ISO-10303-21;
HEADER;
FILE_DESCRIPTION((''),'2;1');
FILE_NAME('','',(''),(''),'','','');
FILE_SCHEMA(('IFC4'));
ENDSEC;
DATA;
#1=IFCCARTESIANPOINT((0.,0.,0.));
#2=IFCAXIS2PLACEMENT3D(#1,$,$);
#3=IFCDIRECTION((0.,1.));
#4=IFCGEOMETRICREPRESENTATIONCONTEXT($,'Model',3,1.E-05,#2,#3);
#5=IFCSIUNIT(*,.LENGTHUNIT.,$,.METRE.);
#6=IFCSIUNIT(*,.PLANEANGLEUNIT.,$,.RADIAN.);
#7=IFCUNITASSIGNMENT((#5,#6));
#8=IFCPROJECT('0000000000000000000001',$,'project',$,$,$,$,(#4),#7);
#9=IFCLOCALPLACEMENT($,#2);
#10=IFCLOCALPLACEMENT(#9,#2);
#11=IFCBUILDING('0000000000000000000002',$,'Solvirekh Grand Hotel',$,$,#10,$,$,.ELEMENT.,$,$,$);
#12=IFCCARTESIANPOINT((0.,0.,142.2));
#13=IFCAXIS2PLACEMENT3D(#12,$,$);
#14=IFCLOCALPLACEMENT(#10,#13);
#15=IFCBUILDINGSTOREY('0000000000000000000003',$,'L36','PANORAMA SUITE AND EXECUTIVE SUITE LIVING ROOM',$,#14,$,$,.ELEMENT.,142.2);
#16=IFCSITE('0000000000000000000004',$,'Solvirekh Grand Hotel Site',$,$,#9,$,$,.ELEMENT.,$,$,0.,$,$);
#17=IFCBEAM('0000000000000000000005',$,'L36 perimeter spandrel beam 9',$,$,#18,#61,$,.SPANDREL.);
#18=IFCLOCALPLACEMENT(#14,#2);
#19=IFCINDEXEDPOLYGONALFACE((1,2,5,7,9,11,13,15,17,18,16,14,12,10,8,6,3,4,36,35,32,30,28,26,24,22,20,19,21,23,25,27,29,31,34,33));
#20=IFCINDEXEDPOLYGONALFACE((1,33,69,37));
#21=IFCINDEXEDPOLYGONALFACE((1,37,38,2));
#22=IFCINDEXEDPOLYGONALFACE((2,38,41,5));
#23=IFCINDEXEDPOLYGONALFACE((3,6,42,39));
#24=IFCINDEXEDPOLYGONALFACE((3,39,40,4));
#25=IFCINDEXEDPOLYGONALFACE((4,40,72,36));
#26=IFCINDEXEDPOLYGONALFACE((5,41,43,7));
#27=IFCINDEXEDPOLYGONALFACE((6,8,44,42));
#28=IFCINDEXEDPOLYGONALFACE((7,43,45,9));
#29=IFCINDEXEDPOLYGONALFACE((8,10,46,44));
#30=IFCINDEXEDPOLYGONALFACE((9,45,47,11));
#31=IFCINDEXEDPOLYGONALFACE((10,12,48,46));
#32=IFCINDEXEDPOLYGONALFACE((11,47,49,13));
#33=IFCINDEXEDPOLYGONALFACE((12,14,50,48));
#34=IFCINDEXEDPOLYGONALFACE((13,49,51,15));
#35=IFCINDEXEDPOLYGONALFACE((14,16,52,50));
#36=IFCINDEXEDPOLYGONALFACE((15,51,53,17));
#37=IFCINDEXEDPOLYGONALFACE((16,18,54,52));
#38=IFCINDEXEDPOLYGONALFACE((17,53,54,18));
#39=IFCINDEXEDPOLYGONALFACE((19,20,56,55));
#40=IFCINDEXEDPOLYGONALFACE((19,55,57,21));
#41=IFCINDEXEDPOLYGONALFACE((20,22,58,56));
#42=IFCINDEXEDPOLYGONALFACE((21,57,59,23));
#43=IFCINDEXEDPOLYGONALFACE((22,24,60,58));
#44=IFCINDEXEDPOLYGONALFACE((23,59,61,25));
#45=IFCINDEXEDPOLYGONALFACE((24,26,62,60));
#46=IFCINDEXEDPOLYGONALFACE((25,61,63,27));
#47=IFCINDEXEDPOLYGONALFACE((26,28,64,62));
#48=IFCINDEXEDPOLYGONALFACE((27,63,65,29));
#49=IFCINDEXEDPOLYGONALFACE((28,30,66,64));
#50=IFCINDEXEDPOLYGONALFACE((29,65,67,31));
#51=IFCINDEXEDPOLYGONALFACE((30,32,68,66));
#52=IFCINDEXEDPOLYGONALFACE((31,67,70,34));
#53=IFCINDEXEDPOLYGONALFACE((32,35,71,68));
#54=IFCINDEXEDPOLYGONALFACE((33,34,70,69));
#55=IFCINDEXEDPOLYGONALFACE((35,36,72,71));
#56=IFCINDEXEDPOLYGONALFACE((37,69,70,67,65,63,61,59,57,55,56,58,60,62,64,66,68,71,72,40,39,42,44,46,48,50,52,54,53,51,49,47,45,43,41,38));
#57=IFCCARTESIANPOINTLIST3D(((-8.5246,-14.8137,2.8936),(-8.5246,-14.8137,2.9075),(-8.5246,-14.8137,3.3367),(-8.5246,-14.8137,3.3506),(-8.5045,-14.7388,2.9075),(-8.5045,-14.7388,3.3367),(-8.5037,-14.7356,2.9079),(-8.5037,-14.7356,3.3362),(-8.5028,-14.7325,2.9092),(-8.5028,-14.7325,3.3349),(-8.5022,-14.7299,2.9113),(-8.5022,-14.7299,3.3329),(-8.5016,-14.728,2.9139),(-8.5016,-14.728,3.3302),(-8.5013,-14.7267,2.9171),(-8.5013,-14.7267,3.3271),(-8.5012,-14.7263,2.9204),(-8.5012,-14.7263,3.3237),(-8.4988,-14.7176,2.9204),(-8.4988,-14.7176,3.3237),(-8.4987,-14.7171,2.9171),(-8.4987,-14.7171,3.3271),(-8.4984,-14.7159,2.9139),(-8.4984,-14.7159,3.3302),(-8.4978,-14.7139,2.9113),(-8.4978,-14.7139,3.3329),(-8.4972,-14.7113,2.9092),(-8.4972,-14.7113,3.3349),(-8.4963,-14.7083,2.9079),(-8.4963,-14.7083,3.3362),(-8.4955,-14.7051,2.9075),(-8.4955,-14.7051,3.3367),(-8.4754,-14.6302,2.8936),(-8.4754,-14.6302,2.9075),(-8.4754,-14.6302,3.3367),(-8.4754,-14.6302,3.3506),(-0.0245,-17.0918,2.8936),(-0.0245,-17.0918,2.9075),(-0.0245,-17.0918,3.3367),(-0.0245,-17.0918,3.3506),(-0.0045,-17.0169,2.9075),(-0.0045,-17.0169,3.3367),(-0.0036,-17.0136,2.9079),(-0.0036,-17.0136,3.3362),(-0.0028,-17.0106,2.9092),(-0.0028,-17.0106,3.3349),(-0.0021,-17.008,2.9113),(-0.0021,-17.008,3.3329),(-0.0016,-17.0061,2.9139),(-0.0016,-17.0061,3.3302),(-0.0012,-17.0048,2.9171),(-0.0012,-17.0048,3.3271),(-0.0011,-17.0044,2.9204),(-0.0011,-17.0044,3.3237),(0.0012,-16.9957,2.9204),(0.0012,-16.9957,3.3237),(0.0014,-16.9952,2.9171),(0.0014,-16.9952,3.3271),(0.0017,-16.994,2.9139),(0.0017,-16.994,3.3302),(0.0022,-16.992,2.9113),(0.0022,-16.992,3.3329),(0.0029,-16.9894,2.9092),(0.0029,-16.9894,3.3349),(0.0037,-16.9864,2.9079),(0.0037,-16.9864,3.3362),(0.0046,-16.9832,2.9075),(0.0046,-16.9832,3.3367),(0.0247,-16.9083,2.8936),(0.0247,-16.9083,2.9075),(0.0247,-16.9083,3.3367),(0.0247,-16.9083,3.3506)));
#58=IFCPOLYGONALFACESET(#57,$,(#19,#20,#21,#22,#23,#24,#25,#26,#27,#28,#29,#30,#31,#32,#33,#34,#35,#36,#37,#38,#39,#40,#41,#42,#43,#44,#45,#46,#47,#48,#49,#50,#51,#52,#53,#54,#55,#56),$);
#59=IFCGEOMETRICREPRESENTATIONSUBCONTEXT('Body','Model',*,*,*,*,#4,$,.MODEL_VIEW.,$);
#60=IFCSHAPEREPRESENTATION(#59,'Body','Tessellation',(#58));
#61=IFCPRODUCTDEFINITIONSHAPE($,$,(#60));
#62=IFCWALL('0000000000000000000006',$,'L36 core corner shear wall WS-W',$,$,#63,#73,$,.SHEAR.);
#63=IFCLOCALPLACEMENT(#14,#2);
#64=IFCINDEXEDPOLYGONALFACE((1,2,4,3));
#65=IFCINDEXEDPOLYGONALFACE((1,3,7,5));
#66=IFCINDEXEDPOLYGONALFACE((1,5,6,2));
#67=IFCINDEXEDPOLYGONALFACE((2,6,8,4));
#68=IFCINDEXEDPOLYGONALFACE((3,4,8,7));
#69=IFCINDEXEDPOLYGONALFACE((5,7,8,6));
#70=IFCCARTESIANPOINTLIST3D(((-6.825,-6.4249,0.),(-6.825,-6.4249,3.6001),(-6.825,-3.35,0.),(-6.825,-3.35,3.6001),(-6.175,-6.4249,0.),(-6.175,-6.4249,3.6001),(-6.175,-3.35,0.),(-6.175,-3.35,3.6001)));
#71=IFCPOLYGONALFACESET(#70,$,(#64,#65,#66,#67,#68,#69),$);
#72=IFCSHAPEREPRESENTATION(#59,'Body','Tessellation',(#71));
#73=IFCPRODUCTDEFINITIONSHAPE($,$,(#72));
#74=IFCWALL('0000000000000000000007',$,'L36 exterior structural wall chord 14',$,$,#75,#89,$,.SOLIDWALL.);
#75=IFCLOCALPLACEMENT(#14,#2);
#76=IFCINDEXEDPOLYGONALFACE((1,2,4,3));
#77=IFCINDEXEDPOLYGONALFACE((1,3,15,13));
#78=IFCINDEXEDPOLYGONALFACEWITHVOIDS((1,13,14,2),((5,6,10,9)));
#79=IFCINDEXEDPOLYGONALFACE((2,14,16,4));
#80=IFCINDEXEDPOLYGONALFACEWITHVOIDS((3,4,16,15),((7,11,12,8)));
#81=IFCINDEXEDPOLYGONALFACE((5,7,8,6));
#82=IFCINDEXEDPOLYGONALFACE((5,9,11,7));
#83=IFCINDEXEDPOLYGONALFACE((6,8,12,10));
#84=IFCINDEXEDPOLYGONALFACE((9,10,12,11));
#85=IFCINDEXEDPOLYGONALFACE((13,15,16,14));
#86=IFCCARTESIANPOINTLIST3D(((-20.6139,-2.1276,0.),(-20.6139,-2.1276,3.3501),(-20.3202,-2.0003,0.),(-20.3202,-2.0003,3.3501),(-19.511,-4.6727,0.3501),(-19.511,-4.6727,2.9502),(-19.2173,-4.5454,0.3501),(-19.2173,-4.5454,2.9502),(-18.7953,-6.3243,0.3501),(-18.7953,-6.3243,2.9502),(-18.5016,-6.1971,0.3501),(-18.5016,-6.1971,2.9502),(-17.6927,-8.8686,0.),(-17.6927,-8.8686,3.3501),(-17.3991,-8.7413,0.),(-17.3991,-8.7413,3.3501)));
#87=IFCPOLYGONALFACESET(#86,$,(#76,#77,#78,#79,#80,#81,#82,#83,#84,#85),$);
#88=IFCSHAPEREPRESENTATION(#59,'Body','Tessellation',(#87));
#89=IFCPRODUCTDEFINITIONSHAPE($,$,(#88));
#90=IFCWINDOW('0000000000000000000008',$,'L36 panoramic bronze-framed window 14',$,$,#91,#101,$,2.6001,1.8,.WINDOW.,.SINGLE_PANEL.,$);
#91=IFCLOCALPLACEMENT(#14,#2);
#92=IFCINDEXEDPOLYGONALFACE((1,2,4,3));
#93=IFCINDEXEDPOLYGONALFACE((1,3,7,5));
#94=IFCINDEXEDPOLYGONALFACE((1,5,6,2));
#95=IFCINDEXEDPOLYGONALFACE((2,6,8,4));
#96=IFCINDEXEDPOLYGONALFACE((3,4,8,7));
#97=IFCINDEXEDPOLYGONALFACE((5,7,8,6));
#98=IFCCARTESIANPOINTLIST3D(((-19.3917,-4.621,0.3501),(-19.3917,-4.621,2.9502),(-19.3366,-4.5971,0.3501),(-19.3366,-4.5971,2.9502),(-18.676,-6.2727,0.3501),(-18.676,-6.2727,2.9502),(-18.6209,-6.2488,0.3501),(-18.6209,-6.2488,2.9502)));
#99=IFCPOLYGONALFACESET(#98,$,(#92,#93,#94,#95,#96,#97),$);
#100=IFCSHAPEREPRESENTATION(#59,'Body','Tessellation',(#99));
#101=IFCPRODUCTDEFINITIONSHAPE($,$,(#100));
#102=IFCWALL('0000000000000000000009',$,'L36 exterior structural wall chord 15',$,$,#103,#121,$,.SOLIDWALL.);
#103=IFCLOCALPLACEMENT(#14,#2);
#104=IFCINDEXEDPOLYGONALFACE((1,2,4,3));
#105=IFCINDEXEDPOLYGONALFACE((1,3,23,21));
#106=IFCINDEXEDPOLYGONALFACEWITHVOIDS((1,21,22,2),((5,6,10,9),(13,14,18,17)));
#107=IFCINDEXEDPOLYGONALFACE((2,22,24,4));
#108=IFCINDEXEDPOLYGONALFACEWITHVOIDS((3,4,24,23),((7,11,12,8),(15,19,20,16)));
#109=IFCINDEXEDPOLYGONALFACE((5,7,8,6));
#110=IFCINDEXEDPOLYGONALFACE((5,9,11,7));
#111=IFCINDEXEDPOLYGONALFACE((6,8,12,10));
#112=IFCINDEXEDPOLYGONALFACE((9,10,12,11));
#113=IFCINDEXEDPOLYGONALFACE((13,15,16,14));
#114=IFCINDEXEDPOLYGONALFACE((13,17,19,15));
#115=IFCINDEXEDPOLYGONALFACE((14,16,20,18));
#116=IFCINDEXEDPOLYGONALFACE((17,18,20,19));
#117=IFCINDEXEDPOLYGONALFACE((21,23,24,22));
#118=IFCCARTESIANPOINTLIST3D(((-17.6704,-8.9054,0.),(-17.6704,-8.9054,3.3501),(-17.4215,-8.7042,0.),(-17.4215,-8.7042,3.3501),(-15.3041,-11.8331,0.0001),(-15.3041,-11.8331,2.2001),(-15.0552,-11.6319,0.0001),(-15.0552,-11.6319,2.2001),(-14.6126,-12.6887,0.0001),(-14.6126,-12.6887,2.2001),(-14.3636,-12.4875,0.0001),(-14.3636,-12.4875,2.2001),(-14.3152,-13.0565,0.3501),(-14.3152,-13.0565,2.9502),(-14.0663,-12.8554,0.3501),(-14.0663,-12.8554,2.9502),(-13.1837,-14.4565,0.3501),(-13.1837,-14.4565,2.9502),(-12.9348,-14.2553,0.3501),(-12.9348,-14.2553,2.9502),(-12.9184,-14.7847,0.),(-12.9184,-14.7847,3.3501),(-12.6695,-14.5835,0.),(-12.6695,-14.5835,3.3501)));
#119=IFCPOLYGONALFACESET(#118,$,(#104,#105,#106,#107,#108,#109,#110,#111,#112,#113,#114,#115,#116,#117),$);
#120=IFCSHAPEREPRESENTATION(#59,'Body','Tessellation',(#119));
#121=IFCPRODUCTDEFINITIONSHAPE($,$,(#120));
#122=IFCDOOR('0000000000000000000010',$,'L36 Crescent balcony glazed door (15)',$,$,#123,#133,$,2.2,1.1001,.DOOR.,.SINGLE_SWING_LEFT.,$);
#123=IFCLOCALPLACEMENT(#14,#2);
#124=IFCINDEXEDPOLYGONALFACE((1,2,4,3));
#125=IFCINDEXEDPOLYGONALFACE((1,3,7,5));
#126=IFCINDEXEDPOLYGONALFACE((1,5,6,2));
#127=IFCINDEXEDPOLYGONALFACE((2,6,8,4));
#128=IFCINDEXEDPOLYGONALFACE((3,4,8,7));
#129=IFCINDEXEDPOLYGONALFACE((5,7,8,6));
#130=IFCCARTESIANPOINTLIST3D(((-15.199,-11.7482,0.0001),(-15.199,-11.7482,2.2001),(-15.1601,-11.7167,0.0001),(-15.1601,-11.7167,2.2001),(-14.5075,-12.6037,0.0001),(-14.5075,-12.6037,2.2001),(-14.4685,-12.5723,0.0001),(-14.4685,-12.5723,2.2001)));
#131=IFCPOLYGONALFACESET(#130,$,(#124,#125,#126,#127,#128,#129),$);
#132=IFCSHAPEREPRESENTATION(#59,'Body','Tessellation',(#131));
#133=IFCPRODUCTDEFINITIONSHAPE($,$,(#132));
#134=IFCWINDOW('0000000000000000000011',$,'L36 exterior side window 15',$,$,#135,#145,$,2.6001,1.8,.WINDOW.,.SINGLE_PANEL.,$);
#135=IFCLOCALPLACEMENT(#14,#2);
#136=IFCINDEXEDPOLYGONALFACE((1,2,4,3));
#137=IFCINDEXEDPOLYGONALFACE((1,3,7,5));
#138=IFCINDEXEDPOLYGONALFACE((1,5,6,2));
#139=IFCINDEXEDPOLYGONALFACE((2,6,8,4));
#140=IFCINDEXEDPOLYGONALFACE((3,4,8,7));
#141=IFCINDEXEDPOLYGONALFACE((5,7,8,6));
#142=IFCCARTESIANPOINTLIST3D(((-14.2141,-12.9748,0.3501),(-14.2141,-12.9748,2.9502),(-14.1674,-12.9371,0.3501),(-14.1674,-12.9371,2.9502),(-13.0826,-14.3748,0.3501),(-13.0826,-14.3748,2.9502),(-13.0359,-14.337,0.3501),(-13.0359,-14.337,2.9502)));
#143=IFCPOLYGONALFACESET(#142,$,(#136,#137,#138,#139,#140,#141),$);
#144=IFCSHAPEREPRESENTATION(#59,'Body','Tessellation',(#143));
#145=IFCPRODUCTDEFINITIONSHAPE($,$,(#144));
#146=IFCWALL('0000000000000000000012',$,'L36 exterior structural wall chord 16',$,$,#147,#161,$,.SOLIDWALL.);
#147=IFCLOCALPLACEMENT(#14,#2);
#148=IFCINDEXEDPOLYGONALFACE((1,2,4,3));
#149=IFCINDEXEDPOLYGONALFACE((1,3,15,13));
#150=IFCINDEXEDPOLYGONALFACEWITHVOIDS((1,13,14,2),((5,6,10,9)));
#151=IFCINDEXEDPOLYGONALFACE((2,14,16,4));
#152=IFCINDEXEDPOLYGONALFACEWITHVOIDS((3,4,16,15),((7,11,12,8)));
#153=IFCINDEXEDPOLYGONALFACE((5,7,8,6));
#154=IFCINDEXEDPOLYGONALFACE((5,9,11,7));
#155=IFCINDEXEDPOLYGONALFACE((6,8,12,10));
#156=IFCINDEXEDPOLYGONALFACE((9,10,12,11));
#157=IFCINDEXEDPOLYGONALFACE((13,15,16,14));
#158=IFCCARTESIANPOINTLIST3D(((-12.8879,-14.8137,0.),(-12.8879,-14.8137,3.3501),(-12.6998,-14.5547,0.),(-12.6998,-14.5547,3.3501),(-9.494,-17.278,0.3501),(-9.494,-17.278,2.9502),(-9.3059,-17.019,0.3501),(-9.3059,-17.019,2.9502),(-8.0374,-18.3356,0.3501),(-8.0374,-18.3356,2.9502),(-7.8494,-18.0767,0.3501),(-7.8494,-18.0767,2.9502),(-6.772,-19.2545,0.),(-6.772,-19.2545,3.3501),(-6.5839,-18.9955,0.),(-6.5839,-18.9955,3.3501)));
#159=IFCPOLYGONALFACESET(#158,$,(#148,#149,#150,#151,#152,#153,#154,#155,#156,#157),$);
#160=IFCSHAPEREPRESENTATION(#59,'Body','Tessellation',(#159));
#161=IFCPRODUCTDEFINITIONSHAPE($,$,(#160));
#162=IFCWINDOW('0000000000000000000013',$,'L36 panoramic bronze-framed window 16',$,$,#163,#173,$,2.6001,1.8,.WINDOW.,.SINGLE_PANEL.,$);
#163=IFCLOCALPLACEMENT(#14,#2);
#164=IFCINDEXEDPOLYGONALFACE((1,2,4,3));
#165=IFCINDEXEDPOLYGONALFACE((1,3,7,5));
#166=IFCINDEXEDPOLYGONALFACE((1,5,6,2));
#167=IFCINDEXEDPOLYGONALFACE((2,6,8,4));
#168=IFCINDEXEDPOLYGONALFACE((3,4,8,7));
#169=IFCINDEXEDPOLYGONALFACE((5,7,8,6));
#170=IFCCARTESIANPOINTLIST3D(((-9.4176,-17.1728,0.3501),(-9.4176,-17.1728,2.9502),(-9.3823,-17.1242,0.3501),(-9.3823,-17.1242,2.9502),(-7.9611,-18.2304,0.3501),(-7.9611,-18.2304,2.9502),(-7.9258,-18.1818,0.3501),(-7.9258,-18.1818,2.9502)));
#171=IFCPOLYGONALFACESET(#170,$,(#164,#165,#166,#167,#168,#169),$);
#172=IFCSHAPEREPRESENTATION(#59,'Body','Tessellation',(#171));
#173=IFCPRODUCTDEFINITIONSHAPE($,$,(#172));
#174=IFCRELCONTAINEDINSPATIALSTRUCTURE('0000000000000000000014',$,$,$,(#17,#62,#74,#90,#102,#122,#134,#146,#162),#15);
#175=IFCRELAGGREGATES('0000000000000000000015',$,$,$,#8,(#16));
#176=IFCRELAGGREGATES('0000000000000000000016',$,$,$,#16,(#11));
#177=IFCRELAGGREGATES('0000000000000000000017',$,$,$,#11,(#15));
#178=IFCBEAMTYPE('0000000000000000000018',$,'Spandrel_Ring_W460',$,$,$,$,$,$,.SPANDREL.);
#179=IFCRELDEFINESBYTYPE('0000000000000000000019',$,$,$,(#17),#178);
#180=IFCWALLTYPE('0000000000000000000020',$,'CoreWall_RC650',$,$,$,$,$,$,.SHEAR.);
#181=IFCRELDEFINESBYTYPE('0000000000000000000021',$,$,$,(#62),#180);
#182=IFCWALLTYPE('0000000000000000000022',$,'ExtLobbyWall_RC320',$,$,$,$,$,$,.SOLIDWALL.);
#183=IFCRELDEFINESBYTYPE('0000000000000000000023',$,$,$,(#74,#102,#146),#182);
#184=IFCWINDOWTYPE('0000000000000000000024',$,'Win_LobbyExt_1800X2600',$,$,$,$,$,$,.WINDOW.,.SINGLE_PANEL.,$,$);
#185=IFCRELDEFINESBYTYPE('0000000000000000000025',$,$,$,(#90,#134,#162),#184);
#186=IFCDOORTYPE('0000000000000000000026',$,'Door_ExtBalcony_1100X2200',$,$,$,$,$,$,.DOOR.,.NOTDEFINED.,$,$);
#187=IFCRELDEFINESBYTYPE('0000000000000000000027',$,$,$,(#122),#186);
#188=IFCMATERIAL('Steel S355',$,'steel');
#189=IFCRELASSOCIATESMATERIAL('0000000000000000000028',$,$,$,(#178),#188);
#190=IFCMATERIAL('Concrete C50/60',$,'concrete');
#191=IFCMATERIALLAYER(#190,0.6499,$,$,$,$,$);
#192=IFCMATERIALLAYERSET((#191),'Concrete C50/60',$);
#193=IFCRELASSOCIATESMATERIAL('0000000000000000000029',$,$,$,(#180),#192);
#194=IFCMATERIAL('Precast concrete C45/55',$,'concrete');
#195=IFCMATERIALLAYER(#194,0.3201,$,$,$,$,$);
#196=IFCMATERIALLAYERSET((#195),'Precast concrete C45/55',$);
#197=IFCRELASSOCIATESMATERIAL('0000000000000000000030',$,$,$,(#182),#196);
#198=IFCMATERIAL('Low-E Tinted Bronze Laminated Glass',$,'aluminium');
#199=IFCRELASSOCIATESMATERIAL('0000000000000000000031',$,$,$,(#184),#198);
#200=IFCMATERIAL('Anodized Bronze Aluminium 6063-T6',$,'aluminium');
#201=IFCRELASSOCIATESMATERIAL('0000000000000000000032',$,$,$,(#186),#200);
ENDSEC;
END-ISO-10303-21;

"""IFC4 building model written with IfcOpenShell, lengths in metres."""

from ifc_helpers import new_model, si_unit, direction, frame, frame_2d, origin, origin_2d, place, context, subcontext, project, spatial, rectangle, i_section, extrude, material, layer, layer_set, material_profile, profile_set, type_object, element, fill, save


model = new_model("IFC4")

# Units and contexts
model_context = context("Model", 3, precision=1e-05, world=origin(), true_north=direction((0.0, 1.0)))
body_context = subcontext(model_context, "Body", "Model", "MODEL_VIEW")
ifc_project = project(units=[si_unit("LENGTHUNIT", "METRE"), si_unit("PLANEANGLEUNIT", "RADIAN")], contexts=[model_context])

# Site, building, storey
site_placement = place(None, origin())
site = spatial("IfcSite", under=ifc_project, at=site_placement, Name="Solvirekh Grand Hotel Site", CompositionType="ELEMENT", RefElevation=0.0)
building_placement = place(site_placement, origin())
building = spatial("IfcBuilding", under=site, at=building_placement, Name="Solvirekh Grand Hotel", CompositionType="ELEMENT")
storey_placement = place(building_placement, frame((0.0, 0.0, 142.2)))
storey = spatial("IfcBuildingStorey", under=building, at=storey_placement, Name="L36", Description="PANORAMA SUITE AND EXECUTIVE SUITE LIVING ROOM", CompositionType="ELEMENT", Elevation=142.2)

# Shared definitions
ifc_material_1 = material(Name="Concrete C50/60", Category="concrete")

# Beam
ifc_material_2 = material(Name="Steel S355", Category="steel")
ifc_material_profile_1 = material_profile(ifc_material_2, i_section(OverallWidth=0.1899, OverallDepth=0.457, WebThickness=0.009, FlangeThickness=0.0139, FilletRadius=0.0129, at=origin_2d()), Name="W460X74")
ifc_profile_set_1 = profile_set([ifc_material_profile_1], Name="Steel S355")
beam_type_1 = type_object("IfcBeamType", Name="Spandrel_Ring_W460", PredefinedType="SPANDREL", material=ifc_profile_set_1)
beam_1_placement = place(storey_placement, frame((-8.5, -14.7219, 3.1221), z_axis=(0.965911, -0.258873, 0.0), x_axis=(0.258873, 0.965911, 0.0)))
element("IfcBeam", 1, at=beam_1_placement, inside=storey, type_object=beam_type_1, Name="L36 perimeter spandrel beam 9", PredefinedType="SPANDREL", context=body_context, shape_type="SweptSolid", body=[
    extrude(i_section(OverallWidth=0.1899, OverallDepth=0.457, WebThickness=0.009, FlangeThickness=0.0139, FilletRadius=0.0129, at=origin_2d()), origin(), (0.0, 0.0, 1.0), 8.8),
])

# Wall
ifc_layer_1 = layer(ifc_material_1, 0.6499)
ifc_layer_set_1 = layer_set([ifc_layer_1], Name="Concrete C50/60")
wall_type_1 = type_object("IfcWallType", Name="CoreWall_RC650", PredefinedType="SHEAR", material=ifc_layer_set_1)
wall_1_placement = place(storey_placement, frame((-6.5, -6.425, 0.0), z_axis=(0.0, 0.0, 1.0), x_axis=(0.0, 1.0, 0.0)))
element("IfcWall", 2, at=wall_1_placement, inside=storey, type_object=wall_type_1, Name="L36 core corner shear wall WS-W", PredefinedType="SHEAR", context=body_context, shape_type="SweptSolid", body=[
    extrude(rectangle(XDim=3.075, YDim=0.6499, at=frame_2d((1.5376, 0.0))), origin(), (0.0, 0.0, 1.0), 3.6001),
])

# Wall, opening, window
ifc_material_3 = material(Name="Precast concrete C45/55", Category="concrete")
ifc_layer_2 = layer(ifc_material_3, 0.3201)
ifc_layer_set_2 = layer_set([ifc_layer_2], Name="Precast concrete C45/55")
wall_type_2 = type_object("IfcWallType", Name="ExtLobbyWall_RC320", PredefinedType="SOLIDWALL", material=ifc_layer_set_2)
wall_2_placement = place(storey_placement, frame((-17.5459, -8.8049, 0.0), z_axis=(0.0, 0.0, 1.0), x_axis=(-0.397614, 0.917553, 0.0)))
wall_2 = element("IfcWall", 3, at=wall_2_placement, inside=storey, type_object=wall_type_2, Name="L36 exterior structural wall chord 14", PredefinedType="SOLIDWALL", context=body_context, shape_type="SweptSolid", body=[
    extrude(rectangle(XDim=7.3467, YDim=0.3201, at=frame_2d((3.6733, 0.0))), origin(), (0.0, 0.0, 1.0), 3.3501),
])
opening_1_placement = place(wall_2_placement, frame((2.7729, 0.0, 0.3501)))
opening_1 = element("IfcOpeningElement", 4, at=opening_1_placement, cuts=wall_2, PredefinedType="OPENING", context=body_context, shape_type="SweptSolid", body=[
    extrude(rectangle(XDim=1.8, YDim=2.6001, at=frame_2d((0.8999, 1.3))), frame((0.0, 0.1699, 0.0), z_axis=(0.0, -1.0, 0.0), x_axis=(1.0, 0.0, 0.0)), (0.0, 0.0, 1.0), 0.3401),
])
ifc_material_4 = material(Name="Low-E Tinted Bronze Laminated Glass", Category="aluminium")
window_type = type_object("IfcWindowType", Name="Win_LobbyExt_1800X2600", PartitioningType="SINGLE_PANEL", PredefinedType="WINDOW", material=ifc_material_4)
window_1_placement = place(opening_1_placement, origin())
window_1 = element("IfcWindow", 5, at=window_1_placement, inside=storey, type_object=window_type, Name="L36 panoramic bronze-framed window 14", OverallHeight=2.6001, OverallWidth=1.8, PartitioningType="SINGLE_PANEL", PredefinedType="WINDOW", context=body_context, shape_type="SweptSolid", body=[
    extrude(rectangle(XDim=1.8, YDim=2.6001, at=frame_2d((0.8999, 1.3))), frame((0.0, 0.03, 0.0), z_axis=(0.0, -1.0, 0.0), x_axis=(1.0, 0.0, 0.0)), (0.0, 0.0, 1.0), 0.0601),
])
fill(opening_1, window_1)

# Wall, openings, door, window
wall_3_placement = place(storey_placement, frame((-12.7939, -14.6841, 0.0), z_axis=(0.0, 0.0, 1.0), x_axis=(-0.62861, 0.777721, 0.0)))
wall_3 = element("IfcWall", 6, at=wall_3_placement, inside=storey, type_object=wall_type_2, Name="L36 exterior structural wall chord 15", PredefinedType="SOLIDWALL", context=body_context, shape_type="SweptSolid", body=[
    extrude(rectangle(XDim=7.5596, YDim=0.3201, at=frame_2d((3.7798, 0.0))), origin(), (0.0, 0.0, 1.0), 3.3501),
])
opening_2_placement = place(wall_3_placement, frame((0.4221, 0.0, 0.3501)))
opening_2 = element("IfcOpeningElement", 7, at=opening_2_placement, cuts=wall_3, PredefinedType="OPENING", context=body_context, shape_type="SweptSolid", body=[
    extrude(rectangle(XDim=1.8, YDim=2.6001, at=frame_2d((0.8999, 1.3))), frame((0.0, 0.1699, 0.0), z_axis=(0.0, -1.0, 0.0), x_axis=(1.0, 0.0, 0.0)), (0.0, 0.0, 1.0), 0.3401),
])
opening_3_placement = place(wall_3_placement, frame((2.6951, 0.0, 0.0)))
opening_3 = element("IfcOpeningElement", 8, at=opening_3_placement, cuts=wall_3, PredefinedType="OPENING", context=body_context, shape_type="SweptSolid", body=[
    extrude(rectangle(XDim=1.1001, YDim=2.2, at=frame_2d((0.55, 1.1001))), frame((0.0, 0.1699, 0.0), z_axis=(0.0, -1.0, 0.0), x_axis=(1.0, 0.0, 0.0)), (0.0, 0.0, 1.0), 0.3401),
])
ifc_material_5 = material(Name="Anodized Bronze Aluminium 6063-T6", Category="aluminium")
door_type_1 = type_object("IfcDoorType", Name="Door_ExtBalcony_1100X2200", OperationType="NOTDEFINED", PredefinedType="DOOR", material=ifc_material_5)
door_1_placement = place(opening_3_placement, origin())
door_1 = element("IfcDoor", 9, at=door_1_placement, inside=storey, type_object=door_type_1, Name="L36 Crescent balcony glazed door (15)", OperationType="SINGLE_SWING_LEFT", OverallHeight=2.2, OverallWidth=1.1001, PredefinedType="DOOR", context=body_context, shape_type="SweptSolid", body=[
    extrude(rectangle(XDim=1.1001, YDim=2.2, at=frame_2d((0.55, 1.1001))), frame((0.0, 0.0249, 0.0), z_axis=(0.0, -1.0, 0.0), x_axis=(1.0, 0.0, 0.0)), (0.0, 0.0, 1.0), 0.05),
])
fill(opening_3, door_1)
window_2_placement = place(opening_2_placement, origin())
window_2 = element("IfcWindow", 10, at=window_2_placement, inside=storey, type_object=window_type, Name="L36 exterior side window 15", OverallHeight=2.6001, OverallWidth=1.8, PartitioningType="SINGLE_PANEL", PredefinedType="WINDOW", context=body_context, shape_type="SweptSolid", body=[
    extrude(rectangle(XDim=1.8, YDim=2.6001, at=frame_2d((0.8999, 1.3))), frame((0.0, 0.03, 0.0), z_axis=(0.0, -1.0, 0.0), x_axis=(1.0, 0.0, 0.0)), (0.0, 0.0, 1.0), 0.0601),
])
fill(opening_2, window_2)

# Wall, opening, window
wall_4_placement = place(storey_placement, frame((-6.678, -19.125, 0.0), z_axis=(0.0, 0.0, 1.0), x_axis=(-0.80918, 0.587561, 0.0)))
wall_4 = element("IfcWall", 11, at=wall_4_placement, inside=storey, type_object=wall_type_2, Name="L36 exterior structural wall chord 16", PredefinedType="SOLIDWALL", context=body_context, shape_type="SweptSolid", body=[
    extrude(rectangle(XDim=7.5581, YDim=0.3201, at=frame_2d((3.7791, 0.0))), origin(), (0.0, 0.0, 1.0), 3.3501),
])
opening_4_placement = place(wall_4_placement, frame((1.564, 0.0, 0.3501)))
opening_4 = element("IfcOpeningElement", 12, at=opening_4_placement, cuts=wall_4, PredefinedType="OPENING", context=body_context, shape_type="SweptSolid", body=[
    extrude(rectangle(XDim=1.8, YDim=2.6001, at=frame_2d((0.8999, 1.3))), frame((0.0, 0.1699, 0.0), z_axis=(0.0, -1.0, 0.0), x_axis=(1.0, 0.0, 0.0)), (0.0, 0.0, 1.0), 0.3401),
])
window_3_placement = place(opening_4_placement, origin())
window_3 = element("IfcWindow", 13, at=window_3_placement, inside=storey, type_object=window_type, Name="L36 panoramic bronze-framed window 16", OverallHeight=2.6001, OverallWidth=1.8, PartitioningType="SINGLE_PANEL", PredefinedType="WINDOW", context=body_context, shape_type="SweptSolid", body=[
    extrude(rectangle(XDim=1.8, YDim=2.6001, at=frame_2d((0.8999, 1.3))), frame((0.0, 0.03, 0.0), z_axis=(0.0, -1.0, 0.0), x_axis=(1.0, 0.0, 0.0)), (0.0, 0.0, 1.0), 0.0601),
])
fill(opening_4, window_3)

save(model, "model.ifc")
